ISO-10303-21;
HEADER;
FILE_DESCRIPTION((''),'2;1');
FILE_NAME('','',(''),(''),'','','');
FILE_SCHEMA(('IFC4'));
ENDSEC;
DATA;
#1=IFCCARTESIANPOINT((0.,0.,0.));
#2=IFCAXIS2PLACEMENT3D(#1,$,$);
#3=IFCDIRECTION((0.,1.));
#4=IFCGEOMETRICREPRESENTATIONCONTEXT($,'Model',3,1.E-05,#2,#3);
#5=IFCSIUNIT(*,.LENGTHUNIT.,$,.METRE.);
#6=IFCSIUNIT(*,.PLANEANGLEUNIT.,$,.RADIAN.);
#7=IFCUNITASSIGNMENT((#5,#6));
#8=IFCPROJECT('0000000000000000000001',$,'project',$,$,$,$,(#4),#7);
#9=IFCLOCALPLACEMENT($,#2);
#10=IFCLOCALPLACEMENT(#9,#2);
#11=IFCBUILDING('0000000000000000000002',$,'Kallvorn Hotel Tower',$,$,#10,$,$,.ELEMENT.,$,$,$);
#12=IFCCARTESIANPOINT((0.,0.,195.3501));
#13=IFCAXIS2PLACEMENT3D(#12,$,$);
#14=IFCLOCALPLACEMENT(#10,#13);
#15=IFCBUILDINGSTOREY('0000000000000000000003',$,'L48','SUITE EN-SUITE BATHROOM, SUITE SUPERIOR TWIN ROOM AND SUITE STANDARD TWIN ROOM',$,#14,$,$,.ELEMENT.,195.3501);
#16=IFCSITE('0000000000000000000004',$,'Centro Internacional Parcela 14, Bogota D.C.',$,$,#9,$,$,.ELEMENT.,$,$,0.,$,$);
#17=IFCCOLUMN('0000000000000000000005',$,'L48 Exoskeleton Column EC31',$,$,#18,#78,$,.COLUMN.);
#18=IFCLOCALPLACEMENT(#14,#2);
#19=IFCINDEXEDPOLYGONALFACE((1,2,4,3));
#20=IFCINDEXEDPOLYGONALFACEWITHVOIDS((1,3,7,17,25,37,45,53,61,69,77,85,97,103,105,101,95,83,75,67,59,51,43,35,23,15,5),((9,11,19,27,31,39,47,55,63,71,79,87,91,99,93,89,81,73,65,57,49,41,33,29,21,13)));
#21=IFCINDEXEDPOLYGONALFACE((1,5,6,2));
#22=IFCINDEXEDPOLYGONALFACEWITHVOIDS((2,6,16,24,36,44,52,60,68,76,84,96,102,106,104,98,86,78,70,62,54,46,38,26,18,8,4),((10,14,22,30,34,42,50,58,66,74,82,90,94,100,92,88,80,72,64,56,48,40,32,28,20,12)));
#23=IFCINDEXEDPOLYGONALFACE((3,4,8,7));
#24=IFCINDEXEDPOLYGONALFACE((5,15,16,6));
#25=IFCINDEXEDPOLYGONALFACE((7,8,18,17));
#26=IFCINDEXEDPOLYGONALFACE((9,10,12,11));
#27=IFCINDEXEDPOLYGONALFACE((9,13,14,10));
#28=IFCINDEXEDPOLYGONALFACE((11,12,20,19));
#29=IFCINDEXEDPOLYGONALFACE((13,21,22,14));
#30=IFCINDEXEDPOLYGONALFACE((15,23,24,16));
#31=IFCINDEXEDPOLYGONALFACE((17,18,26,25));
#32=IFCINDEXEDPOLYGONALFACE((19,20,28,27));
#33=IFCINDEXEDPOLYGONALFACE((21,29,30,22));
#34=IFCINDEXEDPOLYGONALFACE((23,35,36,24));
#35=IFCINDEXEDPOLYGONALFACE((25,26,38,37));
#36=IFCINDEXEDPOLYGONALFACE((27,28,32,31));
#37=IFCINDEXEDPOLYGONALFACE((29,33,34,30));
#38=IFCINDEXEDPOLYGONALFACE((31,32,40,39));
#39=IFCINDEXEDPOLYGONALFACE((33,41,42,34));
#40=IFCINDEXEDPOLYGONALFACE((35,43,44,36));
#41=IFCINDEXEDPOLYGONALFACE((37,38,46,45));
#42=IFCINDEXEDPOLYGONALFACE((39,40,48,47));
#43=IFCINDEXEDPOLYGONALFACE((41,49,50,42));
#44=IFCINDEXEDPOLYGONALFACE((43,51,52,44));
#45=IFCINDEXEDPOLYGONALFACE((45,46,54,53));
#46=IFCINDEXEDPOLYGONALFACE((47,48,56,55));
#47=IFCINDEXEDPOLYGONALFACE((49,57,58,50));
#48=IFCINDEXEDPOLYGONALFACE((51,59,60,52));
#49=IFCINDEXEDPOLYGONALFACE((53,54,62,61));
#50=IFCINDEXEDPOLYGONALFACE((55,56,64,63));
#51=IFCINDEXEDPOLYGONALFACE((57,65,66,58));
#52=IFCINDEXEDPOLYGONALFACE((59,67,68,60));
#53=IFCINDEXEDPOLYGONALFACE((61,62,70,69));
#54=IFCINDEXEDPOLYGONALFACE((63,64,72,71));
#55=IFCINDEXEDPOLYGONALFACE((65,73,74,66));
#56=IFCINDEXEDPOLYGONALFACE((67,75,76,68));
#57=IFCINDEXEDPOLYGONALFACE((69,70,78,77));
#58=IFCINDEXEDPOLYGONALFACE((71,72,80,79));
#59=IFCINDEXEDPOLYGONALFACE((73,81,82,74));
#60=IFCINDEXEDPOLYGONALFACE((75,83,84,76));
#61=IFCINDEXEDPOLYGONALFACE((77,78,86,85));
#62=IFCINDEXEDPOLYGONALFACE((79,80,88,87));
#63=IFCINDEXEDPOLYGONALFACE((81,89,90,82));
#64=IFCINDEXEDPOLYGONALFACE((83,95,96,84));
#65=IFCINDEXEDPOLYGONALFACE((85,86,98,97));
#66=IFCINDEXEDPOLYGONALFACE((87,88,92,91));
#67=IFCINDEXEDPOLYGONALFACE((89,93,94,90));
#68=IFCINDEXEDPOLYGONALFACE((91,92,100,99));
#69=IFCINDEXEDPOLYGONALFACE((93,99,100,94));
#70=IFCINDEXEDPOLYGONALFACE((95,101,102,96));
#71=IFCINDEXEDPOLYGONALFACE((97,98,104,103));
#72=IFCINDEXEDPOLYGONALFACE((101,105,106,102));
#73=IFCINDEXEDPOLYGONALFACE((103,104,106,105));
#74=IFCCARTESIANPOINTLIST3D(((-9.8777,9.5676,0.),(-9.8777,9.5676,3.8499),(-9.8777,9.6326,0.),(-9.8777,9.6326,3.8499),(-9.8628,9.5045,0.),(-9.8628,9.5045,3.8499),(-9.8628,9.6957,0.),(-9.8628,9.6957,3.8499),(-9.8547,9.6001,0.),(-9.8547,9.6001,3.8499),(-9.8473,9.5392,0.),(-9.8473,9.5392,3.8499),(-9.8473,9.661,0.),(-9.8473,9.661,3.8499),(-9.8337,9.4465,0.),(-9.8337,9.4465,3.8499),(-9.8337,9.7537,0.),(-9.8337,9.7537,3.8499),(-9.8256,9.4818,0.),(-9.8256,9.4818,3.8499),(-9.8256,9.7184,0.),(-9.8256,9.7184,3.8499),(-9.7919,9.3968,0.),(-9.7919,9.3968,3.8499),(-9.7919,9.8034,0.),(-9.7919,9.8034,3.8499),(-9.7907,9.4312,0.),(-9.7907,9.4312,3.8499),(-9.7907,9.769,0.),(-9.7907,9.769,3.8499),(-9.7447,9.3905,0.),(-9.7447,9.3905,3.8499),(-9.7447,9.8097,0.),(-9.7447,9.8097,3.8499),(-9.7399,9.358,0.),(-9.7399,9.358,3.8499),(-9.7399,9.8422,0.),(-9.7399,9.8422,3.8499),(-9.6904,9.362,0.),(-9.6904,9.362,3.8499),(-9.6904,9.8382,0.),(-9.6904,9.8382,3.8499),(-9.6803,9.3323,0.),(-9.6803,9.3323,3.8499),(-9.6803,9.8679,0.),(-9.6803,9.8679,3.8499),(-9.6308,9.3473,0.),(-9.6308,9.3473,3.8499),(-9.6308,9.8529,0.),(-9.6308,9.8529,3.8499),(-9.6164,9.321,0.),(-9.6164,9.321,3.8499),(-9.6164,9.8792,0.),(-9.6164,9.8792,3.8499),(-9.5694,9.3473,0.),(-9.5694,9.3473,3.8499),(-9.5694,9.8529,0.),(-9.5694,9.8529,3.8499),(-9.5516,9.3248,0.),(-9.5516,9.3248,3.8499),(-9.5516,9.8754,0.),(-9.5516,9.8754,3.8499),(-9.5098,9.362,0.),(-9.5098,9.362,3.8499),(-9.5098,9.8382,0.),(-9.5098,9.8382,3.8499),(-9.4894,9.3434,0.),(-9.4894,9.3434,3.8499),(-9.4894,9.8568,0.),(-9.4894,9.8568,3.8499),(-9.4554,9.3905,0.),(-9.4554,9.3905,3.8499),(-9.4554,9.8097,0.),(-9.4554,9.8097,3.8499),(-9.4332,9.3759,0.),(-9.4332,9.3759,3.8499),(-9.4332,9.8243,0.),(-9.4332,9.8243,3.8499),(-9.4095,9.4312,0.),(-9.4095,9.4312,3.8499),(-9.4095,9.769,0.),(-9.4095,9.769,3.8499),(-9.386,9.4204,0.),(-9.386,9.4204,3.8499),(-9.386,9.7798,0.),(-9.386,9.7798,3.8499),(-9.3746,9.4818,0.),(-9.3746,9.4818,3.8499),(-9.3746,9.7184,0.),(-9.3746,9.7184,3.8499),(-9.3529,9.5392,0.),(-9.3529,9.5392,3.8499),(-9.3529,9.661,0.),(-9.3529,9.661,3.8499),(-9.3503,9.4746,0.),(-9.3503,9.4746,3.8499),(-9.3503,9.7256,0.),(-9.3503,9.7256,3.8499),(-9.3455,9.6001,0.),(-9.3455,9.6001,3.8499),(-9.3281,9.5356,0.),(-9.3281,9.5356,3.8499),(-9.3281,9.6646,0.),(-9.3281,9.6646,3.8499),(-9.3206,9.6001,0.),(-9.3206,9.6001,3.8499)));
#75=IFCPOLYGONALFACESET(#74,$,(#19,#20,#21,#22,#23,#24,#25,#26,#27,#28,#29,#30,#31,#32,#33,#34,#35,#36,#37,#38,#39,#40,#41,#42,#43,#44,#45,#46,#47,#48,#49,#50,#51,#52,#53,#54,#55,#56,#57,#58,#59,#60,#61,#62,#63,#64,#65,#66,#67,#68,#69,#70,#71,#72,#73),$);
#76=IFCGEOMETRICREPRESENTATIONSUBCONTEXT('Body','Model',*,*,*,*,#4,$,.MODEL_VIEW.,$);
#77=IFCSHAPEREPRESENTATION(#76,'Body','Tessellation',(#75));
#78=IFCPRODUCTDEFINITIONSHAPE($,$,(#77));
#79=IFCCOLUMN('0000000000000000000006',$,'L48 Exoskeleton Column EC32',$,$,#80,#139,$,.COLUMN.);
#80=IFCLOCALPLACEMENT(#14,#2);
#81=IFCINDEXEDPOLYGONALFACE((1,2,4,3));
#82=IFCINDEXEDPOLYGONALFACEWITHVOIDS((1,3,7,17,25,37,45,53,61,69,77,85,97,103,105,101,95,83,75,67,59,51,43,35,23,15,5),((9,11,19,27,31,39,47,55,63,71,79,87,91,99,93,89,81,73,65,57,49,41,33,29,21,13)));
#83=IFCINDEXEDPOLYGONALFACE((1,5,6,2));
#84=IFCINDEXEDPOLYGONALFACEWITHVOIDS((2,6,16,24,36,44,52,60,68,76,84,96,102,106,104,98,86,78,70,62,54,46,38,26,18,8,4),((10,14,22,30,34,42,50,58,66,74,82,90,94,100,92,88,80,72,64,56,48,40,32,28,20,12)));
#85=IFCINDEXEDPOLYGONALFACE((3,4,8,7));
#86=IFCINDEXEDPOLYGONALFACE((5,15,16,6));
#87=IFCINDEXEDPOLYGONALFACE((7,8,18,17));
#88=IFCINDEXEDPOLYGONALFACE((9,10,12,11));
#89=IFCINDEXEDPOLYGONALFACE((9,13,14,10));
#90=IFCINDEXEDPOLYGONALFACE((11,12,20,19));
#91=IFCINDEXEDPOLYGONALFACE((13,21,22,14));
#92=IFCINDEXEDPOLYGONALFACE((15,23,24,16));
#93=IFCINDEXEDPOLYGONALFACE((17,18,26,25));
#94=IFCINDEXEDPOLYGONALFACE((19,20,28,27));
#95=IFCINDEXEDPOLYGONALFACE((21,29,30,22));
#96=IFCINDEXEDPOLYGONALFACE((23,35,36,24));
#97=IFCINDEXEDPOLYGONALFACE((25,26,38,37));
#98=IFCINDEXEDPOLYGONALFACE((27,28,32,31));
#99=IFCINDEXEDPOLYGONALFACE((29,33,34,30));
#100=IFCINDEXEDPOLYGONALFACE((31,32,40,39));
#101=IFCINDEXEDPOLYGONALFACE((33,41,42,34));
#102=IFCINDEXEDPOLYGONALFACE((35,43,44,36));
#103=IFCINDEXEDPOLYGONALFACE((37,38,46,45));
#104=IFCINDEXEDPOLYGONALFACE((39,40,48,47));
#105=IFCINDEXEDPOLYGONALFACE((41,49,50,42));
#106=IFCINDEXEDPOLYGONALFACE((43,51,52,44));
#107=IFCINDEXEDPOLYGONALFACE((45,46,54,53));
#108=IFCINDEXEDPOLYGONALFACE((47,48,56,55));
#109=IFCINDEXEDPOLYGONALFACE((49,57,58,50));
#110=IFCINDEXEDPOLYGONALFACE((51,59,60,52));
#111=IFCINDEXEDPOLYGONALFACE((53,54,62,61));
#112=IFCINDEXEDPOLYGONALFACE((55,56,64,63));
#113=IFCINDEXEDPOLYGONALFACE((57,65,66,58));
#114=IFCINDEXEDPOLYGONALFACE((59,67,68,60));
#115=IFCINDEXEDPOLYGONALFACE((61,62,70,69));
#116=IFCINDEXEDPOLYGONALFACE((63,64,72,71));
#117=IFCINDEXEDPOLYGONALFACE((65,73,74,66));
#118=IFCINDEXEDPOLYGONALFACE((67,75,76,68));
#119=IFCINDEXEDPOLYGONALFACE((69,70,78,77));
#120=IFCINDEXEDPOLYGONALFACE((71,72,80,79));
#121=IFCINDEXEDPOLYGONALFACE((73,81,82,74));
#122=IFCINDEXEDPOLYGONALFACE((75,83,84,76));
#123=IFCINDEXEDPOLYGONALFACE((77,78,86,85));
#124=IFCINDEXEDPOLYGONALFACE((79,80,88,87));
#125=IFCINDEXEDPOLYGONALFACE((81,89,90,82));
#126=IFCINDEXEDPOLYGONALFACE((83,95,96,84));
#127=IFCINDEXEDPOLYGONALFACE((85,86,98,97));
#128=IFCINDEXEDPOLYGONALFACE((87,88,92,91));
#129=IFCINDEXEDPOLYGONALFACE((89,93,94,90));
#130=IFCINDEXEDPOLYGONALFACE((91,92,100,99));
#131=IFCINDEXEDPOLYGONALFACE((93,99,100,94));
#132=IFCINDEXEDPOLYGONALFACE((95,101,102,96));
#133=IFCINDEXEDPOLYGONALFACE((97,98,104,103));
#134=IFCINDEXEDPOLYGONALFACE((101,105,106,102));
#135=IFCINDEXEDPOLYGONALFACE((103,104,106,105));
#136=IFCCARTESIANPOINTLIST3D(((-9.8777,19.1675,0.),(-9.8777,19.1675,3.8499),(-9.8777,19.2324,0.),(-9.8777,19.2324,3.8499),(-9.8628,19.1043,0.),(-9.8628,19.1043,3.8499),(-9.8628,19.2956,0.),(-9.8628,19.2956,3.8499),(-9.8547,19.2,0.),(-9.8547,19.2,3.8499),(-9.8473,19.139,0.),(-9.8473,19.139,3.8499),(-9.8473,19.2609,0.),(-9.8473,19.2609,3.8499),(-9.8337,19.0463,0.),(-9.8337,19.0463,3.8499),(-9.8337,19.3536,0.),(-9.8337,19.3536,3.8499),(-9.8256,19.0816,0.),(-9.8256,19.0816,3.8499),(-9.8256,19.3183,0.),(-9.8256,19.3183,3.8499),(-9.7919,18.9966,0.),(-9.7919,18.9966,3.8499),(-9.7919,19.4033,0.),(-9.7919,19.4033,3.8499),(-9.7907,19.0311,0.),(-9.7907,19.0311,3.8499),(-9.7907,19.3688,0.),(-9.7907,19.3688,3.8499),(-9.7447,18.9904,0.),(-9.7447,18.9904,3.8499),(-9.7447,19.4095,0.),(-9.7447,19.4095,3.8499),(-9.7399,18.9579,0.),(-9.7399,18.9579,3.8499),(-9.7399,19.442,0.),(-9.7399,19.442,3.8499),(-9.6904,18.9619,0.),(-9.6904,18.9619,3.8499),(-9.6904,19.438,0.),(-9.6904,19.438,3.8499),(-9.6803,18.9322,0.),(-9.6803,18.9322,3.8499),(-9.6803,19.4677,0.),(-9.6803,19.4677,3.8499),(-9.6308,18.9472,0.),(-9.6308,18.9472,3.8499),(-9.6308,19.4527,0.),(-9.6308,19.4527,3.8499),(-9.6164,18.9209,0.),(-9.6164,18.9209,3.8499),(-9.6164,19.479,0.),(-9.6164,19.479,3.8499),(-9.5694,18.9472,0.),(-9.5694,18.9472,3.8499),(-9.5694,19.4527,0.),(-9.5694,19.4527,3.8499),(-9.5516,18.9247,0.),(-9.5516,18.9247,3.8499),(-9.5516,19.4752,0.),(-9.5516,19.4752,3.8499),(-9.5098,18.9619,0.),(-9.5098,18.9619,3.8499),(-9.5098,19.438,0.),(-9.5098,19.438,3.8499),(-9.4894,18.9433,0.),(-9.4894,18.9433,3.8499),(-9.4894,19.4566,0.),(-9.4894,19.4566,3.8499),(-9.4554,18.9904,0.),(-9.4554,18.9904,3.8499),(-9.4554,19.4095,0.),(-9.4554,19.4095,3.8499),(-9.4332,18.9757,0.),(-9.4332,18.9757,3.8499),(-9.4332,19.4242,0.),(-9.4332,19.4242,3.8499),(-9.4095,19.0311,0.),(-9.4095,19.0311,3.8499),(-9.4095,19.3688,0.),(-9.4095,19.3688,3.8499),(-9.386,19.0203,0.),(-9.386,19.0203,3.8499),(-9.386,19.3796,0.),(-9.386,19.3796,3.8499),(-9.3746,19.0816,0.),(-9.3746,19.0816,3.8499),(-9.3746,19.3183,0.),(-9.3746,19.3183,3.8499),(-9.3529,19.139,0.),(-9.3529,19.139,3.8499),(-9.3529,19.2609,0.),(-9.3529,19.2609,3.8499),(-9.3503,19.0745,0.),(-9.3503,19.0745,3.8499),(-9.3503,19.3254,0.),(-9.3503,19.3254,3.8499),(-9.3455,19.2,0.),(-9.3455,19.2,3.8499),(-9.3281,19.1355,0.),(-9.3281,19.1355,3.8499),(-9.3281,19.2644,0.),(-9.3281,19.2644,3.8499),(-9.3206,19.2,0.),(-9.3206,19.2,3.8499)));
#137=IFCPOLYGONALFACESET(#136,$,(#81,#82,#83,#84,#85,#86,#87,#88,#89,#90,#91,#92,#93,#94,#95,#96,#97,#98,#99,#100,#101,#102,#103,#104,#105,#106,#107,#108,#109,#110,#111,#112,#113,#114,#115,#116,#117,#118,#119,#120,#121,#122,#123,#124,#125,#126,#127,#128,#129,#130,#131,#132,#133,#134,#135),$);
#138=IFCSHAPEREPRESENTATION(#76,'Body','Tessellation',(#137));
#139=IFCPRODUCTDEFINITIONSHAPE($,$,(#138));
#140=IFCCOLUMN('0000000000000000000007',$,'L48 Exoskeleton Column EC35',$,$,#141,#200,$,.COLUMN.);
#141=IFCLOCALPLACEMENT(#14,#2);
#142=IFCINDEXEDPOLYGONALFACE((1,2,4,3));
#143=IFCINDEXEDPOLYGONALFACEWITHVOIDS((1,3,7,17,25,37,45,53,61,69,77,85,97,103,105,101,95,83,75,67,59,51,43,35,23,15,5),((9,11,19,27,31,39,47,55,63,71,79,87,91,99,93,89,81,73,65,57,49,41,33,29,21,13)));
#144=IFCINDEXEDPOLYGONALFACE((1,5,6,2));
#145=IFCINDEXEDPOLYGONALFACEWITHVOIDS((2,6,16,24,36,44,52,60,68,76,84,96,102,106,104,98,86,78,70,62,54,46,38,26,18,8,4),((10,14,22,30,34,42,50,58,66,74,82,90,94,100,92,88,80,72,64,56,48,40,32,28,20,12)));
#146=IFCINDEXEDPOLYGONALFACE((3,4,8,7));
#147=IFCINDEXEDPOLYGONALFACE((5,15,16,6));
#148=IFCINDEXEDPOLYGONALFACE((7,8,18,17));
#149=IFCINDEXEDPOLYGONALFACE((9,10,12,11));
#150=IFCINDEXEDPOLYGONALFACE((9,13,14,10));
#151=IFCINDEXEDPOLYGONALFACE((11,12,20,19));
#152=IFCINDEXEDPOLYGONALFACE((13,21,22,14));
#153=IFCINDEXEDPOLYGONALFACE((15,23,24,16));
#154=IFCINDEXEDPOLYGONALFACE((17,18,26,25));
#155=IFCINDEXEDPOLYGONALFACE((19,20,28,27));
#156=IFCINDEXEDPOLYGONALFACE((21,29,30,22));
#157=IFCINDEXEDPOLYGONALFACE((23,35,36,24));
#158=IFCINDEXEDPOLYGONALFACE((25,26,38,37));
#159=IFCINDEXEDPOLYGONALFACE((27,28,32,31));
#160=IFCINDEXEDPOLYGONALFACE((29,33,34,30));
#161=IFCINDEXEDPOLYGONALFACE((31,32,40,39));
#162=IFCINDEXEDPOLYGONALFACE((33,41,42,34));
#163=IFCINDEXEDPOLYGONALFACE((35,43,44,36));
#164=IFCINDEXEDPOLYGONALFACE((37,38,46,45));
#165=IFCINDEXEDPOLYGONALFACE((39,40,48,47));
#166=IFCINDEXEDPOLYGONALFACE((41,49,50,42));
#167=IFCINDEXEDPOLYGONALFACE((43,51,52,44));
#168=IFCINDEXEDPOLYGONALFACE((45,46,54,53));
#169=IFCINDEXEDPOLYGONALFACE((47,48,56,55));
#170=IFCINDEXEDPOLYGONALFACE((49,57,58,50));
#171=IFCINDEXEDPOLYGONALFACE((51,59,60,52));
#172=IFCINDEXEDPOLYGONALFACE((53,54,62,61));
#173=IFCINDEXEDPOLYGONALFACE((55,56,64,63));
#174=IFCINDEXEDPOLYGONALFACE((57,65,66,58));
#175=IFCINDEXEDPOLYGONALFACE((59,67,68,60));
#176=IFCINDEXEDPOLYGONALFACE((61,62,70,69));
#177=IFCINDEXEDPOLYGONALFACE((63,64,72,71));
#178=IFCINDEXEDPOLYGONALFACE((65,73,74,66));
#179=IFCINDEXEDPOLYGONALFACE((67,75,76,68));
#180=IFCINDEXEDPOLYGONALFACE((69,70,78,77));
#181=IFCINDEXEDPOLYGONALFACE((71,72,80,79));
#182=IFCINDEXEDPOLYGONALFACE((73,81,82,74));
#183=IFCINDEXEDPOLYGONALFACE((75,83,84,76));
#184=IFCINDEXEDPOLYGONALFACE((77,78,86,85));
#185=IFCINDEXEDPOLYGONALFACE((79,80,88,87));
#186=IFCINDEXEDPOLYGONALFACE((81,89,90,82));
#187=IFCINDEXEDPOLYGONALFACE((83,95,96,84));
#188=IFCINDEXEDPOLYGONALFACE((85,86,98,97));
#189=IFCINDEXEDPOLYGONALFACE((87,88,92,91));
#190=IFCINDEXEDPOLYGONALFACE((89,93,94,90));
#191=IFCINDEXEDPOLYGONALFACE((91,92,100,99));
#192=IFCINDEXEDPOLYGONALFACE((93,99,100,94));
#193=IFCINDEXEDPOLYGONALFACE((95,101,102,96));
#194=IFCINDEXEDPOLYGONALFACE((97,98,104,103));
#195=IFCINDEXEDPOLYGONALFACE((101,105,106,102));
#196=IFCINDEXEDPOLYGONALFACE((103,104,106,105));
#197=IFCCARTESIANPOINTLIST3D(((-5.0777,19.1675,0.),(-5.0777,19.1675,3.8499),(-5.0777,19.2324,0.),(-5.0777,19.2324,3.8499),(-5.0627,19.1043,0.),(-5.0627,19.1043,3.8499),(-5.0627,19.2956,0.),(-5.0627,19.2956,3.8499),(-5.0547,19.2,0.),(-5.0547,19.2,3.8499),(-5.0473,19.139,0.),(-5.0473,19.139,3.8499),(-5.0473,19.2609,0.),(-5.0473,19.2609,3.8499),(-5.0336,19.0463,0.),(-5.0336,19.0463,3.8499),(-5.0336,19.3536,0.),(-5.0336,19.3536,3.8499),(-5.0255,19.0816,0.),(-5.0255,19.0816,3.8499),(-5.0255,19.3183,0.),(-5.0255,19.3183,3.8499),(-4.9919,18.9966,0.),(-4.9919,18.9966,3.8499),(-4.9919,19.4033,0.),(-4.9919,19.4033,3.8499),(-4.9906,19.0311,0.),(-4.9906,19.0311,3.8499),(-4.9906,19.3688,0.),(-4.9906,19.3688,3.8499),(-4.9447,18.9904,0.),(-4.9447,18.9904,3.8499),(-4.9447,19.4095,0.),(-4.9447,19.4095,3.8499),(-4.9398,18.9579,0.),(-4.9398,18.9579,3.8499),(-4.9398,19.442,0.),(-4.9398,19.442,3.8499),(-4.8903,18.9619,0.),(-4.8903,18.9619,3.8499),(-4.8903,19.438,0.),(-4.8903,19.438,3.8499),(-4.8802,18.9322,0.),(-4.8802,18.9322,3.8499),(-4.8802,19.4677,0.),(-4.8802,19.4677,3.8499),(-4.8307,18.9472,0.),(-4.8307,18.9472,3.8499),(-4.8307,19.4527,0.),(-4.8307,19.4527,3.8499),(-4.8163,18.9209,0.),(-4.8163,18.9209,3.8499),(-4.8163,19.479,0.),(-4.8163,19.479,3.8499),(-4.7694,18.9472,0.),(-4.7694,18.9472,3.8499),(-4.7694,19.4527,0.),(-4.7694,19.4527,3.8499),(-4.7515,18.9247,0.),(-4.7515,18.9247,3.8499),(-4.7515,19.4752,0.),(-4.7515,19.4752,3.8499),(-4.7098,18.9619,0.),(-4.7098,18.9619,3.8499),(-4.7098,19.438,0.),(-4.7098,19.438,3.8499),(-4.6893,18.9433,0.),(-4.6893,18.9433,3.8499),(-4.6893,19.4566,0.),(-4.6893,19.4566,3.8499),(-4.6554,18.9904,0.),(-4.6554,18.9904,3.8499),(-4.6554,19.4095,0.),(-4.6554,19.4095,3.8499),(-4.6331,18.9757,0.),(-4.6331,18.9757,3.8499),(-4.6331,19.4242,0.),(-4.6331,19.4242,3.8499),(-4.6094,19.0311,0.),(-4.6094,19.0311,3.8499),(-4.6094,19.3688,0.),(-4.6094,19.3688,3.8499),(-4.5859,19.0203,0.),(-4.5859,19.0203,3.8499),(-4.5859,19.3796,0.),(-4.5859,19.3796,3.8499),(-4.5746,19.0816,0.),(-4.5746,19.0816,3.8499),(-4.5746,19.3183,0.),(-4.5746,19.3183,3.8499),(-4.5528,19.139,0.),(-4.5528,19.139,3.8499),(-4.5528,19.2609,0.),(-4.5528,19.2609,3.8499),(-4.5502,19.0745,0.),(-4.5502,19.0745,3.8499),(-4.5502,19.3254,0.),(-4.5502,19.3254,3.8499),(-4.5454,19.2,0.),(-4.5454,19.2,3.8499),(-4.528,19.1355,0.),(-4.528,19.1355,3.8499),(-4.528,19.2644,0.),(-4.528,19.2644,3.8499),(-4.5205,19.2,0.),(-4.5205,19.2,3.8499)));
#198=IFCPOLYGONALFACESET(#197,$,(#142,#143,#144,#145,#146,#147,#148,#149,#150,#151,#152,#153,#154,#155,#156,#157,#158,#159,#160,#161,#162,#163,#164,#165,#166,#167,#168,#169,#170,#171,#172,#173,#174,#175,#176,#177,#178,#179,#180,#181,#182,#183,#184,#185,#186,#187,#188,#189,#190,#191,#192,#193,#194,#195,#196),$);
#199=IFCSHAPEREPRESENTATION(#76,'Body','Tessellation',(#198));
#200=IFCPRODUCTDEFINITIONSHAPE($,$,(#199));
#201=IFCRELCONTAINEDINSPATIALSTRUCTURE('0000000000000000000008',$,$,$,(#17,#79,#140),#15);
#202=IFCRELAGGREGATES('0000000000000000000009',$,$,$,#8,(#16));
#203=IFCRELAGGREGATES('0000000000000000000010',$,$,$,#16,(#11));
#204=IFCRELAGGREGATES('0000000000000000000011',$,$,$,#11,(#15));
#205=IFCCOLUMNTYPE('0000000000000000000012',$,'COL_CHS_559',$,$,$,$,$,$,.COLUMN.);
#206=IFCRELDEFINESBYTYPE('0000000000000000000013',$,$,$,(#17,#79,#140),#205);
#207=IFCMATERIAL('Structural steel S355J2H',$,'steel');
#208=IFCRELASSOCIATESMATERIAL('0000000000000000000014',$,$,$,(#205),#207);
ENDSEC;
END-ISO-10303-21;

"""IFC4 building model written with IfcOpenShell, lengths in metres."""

from ifc_helpers import new_model, si_unit, direction, frame, origin, origin_2d, place, context, subcontext, project, spatial, hollow_circle, extrude, material, material_profile, profile_set, type_object, element, save


model = new_model("IFC4")

# Units and contexts
model_context = context("Model", 3, precision=1e-05, world=origin(), true_north=direction((0.0, 1.0)))
body_context = subcontext(model_context, "Body", "Model", "MODEL_VIEW")
ifc_project = project(units=[si_unit("LENGTHUNIT", "METRE"), si_unit("PLANEANGLEUNIT", "RADIAN")], contexts=[model_context])

# Site, building, storey
site_placement = place(None, origin())
site = spatial("IfcSite", under=ifc_project, at=site_placement, Name="Centro Internacional Parcela 14, Bogota D.C.", CompositionType="ELEMENT", RefElevation=0.0)
building_placement = place(site_placement, origin())
building = spatial("IfcBuilding", under=site, at=building_placement, Name="Kallvorn Hotel Tower", CompositionType="ELEMENT")
storey_placement = place(building_placement, frame((0.0, 0.0, 195.3501)))
storey = spatial("IfcBuildingStorey", under=building, at=storey_placement, Name="L48", Description="SUITE EN-SUITE BATHROOM, SUITE SUPERIOR TWIN ROOM AND SUITE STANDARD TWIN ROOM", CompositionType="ELEMENT", Elevation=195.3501)

# Columns
ifc_material_1 = material(Name="Structural steel S355J2H", Category="steel")
ifc_material_profile_1 = material_profile(ifc_material_1, hollow_circle(Radius=0.2795, WallThickness=0.0249, at=origin_2d()), Name="CHS 559x25")
ifc_profile_set_1 = profile_set([ifc_material_profile_1], Name="Structural steel S355J2H")
column_type_1 = type_object("IfcColumnType", Name="COL_CHS_559", PredefinedType="COLUMN", material=ifc_profile_set_1)
for number, where, z_axis, x_axis, name in (
    (1, (-9.6001, 9.6001, 0.0), (0.0, 0.0, 1.0), (1.0, 0.0, 0.0), "L48 Exoskeleton Column EC31"),
    (2, (-9.6001, 19.2, 0.0), (0.0, 0.0, 1.0), (1.0, 0.0, 0.0), "L48 Exoskeleton Column EC32"),
    (3, (-4.8, 19.2, 0.0), (0.0, 0.0, 1.0), (1.0, 0.0, 0.0), "L48 Exoskeleton Column EC35"),
):
    element("IfcColumn", number, at=place(storey_placement, frame(where, z_axis=z_axis, x_axis=x_axis)), inside=storey, type_object=column_type_1, Name=name, PredefinedType="COLUMN", context=body_context, shape_type="SweptSolid", body=[
        extrude(hollow_circle(Radius=0.2795, WallThickness=0.0249, at=origin_2d()), origin(), (0.0, 0.0, 1.0), 3.8499),
    ])

save(model, "model.ifc")
